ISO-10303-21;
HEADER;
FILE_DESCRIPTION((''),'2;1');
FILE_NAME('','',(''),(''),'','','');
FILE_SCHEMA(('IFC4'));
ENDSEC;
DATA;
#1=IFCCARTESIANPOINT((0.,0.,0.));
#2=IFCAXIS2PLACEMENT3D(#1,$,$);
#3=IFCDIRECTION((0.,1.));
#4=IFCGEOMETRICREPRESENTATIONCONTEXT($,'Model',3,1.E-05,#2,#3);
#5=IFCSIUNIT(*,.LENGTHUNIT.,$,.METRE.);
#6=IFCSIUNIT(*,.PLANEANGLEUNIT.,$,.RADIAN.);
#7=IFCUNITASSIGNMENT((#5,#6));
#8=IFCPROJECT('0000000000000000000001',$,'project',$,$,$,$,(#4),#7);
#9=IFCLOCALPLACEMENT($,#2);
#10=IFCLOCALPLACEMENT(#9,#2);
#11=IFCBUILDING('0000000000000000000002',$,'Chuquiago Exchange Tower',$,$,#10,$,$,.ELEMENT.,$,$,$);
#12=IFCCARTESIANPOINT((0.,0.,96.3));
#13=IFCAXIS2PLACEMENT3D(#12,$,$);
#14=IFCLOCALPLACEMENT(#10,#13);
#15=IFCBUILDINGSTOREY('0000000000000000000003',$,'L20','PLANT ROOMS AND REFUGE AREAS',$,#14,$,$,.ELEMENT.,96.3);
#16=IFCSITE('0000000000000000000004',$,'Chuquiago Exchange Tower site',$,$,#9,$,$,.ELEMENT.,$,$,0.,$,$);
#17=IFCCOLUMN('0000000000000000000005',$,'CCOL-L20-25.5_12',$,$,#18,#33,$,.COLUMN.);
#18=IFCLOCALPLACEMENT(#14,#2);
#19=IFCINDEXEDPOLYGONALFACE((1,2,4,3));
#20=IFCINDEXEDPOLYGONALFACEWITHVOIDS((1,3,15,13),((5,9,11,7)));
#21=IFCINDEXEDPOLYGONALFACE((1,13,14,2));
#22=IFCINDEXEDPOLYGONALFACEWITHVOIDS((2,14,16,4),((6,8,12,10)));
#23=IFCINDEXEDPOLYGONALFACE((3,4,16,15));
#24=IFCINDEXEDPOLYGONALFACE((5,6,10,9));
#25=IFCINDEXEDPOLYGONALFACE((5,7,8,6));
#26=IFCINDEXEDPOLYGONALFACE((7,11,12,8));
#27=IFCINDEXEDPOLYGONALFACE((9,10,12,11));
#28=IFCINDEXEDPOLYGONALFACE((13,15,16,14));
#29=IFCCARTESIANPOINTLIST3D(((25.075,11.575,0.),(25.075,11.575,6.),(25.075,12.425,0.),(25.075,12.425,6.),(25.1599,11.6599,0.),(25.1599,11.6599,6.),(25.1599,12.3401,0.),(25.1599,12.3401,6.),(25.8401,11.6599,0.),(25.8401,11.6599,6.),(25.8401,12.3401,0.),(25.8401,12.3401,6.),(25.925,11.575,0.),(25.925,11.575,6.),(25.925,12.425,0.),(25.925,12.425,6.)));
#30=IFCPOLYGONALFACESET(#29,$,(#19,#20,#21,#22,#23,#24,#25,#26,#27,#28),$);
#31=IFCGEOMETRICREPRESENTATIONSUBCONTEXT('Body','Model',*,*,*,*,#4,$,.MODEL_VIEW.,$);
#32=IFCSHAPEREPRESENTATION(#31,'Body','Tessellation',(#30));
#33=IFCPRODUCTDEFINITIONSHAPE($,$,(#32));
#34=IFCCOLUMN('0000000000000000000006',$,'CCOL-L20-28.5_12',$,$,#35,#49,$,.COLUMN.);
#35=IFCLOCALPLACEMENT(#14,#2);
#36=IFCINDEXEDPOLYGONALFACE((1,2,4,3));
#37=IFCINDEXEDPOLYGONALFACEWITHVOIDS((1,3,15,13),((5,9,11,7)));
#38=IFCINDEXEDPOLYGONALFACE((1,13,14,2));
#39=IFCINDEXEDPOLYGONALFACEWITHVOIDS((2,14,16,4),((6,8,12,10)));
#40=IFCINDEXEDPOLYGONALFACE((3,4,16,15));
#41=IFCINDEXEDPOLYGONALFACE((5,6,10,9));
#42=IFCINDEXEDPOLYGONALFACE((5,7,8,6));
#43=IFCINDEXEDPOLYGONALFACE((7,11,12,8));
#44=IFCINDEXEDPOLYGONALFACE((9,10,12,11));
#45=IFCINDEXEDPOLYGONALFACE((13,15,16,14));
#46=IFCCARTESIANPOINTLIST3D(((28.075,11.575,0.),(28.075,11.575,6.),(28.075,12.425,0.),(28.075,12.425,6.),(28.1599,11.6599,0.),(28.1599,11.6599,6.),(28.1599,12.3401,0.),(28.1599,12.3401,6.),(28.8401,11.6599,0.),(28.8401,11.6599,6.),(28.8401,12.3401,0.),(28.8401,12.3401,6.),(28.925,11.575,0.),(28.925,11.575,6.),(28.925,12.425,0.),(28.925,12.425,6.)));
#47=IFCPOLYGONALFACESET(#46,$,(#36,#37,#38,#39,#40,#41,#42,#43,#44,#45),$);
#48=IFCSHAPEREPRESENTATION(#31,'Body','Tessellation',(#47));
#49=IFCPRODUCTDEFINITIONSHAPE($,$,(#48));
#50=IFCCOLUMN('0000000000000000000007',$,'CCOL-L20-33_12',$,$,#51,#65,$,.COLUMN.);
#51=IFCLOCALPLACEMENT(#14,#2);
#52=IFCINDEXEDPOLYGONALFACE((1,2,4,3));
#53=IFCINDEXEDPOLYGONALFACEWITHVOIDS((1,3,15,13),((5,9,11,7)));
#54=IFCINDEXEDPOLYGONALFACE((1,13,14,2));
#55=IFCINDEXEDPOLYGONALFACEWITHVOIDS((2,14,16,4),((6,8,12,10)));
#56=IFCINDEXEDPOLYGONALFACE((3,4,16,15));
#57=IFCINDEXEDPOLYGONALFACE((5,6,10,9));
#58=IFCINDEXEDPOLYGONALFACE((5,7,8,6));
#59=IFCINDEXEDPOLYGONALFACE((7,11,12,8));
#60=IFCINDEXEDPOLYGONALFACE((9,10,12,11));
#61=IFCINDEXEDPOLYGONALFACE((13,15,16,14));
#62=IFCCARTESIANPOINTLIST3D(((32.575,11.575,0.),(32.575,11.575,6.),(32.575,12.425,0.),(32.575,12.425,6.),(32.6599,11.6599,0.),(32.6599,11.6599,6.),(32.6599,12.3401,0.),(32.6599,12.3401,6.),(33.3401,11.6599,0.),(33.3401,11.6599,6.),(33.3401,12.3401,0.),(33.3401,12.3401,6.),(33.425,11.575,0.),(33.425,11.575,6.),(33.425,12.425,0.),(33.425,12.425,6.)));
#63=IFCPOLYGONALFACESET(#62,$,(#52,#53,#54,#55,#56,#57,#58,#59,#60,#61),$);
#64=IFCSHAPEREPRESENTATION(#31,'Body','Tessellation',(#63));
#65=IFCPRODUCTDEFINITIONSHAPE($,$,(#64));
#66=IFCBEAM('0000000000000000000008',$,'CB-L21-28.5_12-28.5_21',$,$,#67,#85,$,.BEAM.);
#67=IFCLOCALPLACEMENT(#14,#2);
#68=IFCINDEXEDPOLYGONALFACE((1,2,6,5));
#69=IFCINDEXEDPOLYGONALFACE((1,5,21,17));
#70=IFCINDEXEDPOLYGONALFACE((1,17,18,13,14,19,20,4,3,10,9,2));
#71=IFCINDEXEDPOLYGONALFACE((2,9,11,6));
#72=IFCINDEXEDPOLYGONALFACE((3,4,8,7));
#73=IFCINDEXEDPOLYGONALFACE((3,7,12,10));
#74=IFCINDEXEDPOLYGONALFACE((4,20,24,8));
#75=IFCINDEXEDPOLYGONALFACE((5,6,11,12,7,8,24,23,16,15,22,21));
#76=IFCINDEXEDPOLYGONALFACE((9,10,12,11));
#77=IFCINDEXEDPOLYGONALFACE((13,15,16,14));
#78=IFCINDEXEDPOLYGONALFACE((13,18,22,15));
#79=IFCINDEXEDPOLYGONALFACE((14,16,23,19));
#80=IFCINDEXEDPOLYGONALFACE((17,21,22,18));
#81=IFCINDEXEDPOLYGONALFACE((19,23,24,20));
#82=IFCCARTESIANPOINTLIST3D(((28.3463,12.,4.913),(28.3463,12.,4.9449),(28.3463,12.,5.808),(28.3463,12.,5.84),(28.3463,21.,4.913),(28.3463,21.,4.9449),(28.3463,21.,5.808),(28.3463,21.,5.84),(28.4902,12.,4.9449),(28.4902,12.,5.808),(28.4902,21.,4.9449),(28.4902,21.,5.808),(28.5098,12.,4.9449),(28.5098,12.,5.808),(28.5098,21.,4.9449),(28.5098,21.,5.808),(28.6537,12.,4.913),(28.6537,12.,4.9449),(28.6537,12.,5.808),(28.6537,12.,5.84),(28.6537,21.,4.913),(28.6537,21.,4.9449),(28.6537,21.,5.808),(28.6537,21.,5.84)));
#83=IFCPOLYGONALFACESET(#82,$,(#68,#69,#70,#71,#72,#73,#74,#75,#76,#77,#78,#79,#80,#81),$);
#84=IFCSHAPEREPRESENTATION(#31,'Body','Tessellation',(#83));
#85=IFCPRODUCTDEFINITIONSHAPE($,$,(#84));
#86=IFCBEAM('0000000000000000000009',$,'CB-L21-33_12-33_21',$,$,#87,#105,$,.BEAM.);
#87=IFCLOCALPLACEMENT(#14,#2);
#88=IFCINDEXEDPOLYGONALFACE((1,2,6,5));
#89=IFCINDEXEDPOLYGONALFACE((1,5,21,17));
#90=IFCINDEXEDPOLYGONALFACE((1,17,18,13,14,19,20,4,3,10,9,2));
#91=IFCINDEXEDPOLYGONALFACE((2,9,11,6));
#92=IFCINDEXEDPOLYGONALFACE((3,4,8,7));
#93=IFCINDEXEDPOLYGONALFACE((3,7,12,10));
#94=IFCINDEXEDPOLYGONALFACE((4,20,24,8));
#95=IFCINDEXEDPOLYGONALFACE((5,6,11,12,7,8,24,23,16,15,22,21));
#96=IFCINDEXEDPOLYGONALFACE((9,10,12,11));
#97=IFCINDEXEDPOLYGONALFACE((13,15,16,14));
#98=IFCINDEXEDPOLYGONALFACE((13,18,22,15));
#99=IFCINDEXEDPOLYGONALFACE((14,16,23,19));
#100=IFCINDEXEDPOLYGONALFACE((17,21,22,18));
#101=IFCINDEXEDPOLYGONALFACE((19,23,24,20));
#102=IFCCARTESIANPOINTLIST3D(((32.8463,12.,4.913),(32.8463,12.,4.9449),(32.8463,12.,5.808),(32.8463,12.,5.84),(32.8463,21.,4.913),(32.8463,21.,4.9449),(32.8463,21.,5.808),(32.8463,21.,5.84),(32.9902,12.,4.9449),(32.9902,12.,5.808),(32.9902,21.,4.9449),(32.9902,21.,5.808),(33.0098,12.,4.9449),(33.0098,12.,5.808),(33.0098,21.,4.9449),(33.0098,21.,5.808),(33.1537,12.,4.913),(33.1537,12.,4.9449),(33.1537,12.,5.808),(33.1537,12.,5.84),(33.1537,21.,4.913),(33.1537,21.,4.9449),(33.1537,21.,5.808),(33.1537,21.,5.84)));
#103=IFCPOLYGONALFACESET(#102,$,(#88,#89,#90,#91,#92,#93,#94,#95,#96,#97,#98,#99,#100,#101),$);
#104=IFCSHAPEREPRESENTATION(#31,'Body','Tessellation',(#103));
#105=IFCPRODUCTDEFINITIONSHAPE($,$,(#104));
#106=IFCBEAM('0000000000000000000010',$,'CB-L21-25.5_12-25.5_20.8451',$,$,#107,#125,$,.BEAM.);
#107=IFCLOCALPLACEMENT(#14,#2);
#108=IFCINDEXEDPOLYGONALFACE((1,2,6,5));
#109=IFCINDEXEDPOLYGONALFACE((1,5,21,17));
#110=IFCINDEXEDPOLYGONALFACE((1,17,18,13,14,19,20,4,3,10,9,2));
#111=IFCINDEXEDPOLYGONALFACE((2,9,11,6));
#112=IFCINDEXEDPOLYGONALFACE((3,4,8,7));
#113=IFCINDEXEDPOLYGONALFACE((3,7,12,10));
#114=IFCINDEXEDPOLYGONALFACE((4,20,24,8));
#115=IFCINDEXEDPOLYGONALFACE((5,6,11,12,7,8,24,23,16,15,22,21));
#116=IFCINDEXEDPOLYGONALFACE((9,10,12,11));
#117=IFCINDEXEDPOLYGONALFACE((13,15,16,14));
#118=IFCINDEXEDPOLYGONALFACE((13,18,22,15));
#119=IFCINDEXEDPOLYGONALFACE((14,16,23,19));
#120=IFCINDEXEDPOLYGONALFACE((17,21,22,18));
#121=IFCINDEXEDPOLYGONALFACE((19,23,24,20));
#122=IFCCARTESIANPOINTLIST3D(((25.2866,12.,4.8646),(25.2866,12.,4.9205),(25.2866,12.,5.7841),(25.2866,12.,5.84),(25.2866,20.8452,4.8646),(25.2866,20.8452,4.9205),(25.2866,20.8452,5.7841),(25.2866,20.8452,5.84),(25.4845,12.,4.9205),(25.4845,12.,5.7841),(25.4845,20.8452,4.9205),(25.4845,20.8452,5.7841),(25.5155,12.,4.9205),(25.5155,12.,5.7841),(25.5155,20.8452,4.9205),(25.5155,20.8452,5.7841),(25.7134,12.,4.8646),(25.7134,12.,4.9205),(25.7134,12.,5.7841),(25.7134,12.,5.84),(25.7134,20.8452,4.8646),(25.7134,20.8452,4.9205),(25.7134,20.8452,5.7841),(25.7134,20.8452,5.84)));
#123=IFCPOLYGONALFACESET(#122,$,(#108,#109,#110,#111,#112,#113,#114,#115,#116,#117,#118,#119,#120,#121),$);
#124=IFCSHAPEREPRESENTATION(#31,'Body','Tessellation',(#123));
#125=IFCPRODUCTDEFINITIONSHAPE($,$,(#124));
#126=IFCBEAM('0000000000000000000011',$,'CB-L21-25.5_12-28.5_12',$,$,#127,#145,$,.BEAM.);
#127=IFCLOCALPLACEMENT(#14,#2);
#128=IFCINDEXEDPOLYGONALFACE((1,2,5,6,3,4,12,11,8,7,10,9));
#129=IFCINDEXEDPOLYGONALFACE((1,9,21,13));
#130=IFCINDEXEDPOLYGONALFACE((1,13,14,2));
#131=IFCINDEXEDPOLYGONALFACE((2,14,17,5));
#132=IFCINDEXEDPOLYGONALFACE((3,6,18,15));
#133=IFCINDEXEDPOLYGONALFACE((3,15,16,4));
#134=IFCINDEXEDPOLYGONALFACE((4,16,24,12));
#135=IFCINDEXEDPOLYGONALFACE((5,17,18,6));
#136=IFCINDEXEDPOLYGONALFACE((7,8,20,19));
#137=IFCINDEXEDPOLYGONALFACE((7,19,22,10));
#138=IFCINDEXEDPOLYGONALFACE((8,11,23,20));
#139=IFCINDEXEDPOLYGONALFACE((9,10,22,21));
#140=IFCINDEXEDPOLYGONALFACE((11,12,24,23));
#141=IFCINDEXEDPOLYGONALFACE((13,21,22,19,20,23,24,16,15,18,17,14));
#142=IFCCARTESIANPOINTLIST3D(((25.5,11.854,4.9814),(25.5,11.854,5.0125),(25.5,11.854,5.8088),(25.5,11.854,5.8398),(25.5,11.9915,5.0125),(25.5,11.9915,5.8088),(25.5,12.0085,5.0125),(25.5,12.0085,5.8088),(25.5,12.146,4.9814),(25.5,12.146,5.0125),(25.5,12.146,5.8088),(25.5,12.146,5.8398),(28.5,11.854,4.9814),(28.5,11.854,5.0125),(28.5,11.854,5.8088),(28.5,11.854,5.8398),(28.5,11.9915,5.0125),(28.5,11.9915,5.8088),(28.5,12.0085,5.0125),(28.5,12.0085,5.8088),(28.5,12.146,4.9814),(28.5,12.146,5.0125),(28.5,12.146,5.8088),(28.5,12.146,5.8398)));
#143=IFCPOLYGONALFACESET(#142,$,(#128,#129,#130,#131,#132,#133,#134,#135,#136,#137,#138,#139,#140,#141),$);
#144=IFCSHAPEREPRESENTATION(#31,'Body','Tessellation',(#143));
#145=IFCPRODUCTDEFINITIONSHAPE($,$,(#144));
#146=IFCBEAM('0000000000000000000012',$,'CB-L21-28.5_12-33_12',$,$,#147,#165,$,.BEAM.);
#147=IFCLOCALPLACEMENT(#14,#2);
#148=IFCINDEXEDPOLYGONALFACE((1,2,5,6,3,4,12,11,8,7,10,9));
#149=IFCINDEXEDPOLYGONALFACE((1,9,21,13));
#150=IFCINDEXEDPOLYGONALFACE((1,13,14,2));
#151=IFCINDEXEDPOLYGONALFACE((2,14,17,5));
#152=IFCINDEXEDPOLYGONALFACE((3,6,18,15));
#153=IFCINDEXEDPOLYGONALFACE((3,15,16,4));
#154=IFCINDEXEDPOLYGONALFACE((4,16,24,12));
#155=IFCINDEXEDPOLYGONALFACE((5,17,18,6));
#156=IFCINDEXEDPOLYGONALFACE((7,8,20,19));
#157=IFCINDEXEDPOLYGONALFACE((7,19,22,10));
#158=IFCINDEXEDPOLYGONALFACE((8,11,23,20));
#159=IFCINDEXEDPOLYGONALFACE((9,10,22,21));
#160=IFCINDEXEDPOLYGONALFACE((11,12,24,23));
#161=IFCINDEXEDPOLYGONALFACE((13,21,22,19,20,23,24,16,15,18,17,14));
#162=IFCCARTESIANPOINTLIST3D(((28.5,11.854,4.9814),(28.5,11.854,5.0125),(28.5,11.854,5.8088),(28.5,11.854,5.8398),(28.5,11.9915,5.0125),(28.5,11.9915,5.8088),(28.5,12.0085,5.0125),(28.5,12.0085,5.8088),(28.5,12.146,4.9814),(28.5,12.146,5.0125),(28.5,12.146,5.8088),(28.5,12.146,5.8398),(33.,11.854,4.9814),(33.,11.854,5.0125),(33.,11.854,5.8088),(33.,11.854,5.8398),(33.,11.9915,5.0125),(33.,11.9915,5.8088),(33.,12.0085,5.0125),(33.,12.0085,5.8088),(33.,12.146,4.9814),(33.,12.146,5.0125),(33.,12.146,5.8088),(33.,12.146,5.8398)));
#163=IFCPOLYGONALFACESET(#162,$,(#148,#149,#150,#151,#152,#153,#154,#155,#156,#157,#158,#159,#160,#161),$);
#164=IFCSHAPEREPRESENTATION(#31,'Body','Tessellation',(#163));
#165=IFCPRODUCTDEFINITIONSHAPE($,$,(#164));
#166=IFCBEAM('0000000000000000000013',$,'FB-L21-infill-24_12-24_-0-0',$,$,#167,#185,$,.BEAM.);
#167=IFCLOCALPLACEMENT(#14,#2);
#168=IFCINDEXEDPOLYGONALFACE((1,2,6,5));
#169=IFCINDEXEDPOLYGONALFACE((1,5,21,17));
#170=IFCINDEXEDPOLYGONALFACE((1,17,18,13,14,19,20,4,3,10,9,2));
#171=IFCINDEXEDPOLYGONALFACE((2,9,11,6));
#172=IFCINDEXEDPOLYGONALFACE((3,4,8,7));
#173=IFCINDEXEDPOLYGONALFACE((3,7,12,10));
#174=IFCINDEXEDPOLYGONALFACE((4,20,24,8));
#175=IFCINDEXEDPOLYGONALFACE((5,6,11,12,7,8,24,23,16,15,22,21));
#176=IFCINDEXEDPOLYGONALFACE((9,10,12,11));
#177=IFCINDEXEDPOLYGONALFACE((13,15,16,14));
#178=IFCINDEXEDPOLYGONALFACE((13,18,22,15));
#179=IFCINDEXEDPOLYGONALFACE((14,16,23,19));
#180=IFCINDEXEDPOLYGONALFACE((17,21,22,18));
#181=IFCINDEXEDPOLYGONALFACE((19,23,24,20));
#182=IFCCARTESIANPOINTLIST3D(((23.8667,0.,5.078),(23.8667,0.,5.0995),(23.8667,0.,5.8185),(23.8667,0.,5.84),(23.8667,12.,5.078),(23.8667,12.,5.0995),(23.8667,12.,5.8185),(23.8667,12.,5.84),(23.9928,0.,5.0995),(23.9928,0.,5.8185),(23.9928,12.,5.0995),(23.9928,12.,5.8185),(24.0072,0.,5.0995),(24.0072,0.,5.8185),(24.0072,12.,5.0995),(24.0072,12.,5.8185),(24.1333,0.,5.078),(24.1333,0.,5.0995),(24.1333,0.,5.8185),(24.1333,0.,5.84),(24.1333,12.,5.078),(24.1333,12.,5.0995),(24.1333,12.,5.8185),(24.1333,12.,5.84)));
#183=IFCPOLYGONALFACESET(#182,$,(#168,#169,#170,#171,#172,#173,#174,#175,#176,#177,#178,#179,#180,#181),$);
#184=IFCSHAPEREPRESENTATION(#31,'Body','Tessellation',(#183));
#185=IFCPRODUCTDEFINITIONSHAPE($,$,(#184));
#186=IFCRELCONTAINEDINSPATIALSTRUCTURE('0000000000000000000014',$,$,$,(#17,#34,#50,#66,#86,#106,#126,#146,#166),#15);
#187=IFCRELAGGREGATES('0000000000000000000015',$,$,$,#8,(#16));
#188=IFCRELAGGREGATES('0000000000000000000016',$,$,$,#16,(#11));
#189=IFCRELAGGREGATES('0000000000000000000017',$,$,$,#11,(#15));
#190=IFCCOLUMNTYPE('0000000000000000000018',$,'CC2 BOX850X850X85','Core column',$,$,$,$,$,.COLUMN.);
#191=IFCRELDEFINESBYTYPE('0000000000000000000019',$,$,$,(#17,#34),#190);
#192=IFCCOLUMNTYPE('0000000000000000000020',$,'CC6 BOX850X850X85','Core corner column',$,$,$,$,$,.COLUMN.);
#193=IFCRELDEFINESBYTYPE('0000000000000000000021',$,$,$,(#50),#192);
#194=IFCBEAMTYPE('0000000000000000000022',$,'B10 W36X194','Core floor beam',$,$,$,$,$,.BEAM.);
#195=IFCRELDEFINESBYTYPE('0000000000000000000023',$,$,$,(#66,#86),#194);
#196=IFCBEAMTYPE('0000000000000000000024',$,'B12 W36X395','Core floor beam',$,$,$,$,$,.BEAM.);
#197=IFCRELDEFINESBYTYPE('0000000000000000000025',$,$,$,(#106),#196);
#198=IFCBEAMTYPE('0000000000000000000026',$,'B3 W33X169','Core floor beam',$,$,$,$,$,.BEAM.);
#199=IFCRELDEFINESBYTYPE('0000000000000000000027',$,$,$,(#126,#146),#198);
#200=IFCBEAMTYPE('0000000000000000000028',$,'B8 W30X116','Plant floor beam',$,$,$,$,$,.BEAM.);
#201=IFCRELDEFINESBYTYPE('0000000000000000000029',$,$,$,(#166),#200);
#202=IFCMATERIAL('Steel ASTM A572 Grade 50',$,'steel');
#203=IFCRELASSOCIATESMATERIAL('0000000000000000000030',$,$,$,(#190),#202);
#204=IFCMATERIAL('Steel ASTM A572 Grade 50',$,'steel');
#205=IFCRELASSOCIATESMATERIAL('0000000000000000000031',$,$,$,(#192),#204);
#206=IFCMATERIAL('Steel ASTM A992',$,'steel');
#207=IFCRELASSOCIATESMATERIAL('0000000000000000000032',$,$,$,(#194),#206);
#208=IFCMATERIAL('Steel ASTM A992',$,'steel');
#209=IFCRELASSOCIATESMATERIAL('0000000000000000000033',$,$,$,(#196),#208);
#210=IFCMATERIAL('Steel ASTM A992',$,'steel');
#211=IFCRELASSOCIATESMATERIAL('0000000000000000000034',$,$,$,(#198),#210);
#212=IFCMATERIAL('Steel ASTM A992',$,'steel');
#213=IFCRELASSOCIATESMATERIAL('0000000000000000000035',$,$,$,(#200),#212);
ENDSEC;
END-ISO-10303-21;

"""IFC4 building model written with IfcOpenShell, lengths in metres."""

from ifc_helpers import new_model, si_unit, direction, frame, origin, origin_2d, place, context, subcontext, project, spatial, hollow_rectangle, i_section, extrude, material, material_profile, profile_set, type_object, element, save


model = new_model("IFC4")

# Units and contexts
model_context = context("Model", 3, precision=1e-05, world=origin(), true_north=direction((0.0, 1.0)))
body_context = subcontext(model_context, "Body", "Model", "MODEL_VIEW")
ifc_project = project(units=[si_unit("LENGTHUNIT", "METRE"), si_unit("PLANEANGLEUNIT", "RADIAN")], contexts=[model_context])

# Site, building, storey
site_placement = place(None, origin())
site = spatial("IfcSite", under=ifc_project, at=site_placement, Name="Chuquiago Exchange Tower site", CompositionType="ELEMENT", RefElevation=0.0)
building_placement = place(site_placement, origin())
building = spatial("IfcBuilding", under=site, at=building_placement, Name="Chuquiago Exchange Tower", CompositionType="ELEMENT")
storey_placement = place(building_placement, frame((0.0, 0.0, 96.3)))
storey = spatial("IfcBuildingStorey", under=building, at=storey_placement, Name="L20", Description="PLANT ROOMS AND REFUGE AREAS", CompositionType="ELEMENT", Elevation=96.3)

# Columns
ifc_material_1 = material(Name="Steel ASTM A572 Grade 50", Category="steel")
ifc_material_profile_1 = material_profile(ifc_material_1, hollow_rectangle(XDim=0.8501, YDim=0.8501, WallThickness=0.085, at=origin_2d()), Name="BOX850X850X85")
ifc_profile_set_1 = profile_set([ifc_material_profile_1], Name="Steel ASTM A572 Grade 50")
column_type_1 = type_object("IfcColumnType", Name="CC2 BOX850X850X85", Description="Core column", PredefinedType="COLUMN", material=ifc_profile_set_1)
for number, where, z_axis, x_axis, name in (
    (1, (25.5, 12.0, 0.0), (0.0, 0.0, 1.0), (1.0, 0.0, 0.0), "CCOL-L20-25.5_12"),
    (2, (28.5, 12.0, 0.0), (0.0, 0.0, 1.0), (1.0, 0.0, 0.0), "CCOL-L20-28.5_12"),
):
    element("IfcColumn", number, at=place(storey_placement, frame(where, z_axis=z_axis, x_axis=x_axis)), inside=storey, type_object=column_type_1, Name=name, PredefinedType="COLUMN", context=body_context, shape_type="SweptSolid", body=[
        extrude(hollow_rectangle(XDim=0.8501, YDim=0.8501, WallThickness=0.085, at=origin_2d()), origin(), (0.0, 0.0, 1.0), 6.0),
    ])
ifc_material_2 = material(Name="Steel ASTM A572 Grade 50", Category="steel")
ifc_material_profile_2 = material_profile(ifc_material_2, hollow_rectangle(XDim=0.8501, YDim=0.8501, WallThickness=0.085, at=origin_2d()), Name="BOX850X850X85")
ifc_profile_set_2 = profile_set([ifc_material_profile_2], Name="Steel ASTM A572 Grade 50")
column_type_2 = type_object("IfcColumnType", Name="CC6 BOX850X850X85", Description="Core corner column", PredefinedType="COLUMN", material=ifc_profile_set_2)
column_placement = place(storey_placement, frame((33.0, 12.0, 0.0), z_axis=(0.0, 0.0, 1.0), x_axis=(1.0, 0.0, 0.0)))
element("IfcColumn", 3, at=column_placement, inside=storey, type_object=column_type_2, Name="CCOL-L20-33_12", PredefinedType="COLUMN", context=body_context, shape_type="SweptSolid", body=[
    extrude(hollow_rectangle(XDim=0.8501, YDim=0.8501, WallThickness=0.085, at=origin_2d()), origin(), (0.0, 0.0, 1.0), 6.0),
])

# Beams
ifc_material_3 = material(Name="Steel ASTM A992", Category="steel")
ifc_material_profile_3 = material_profile(ifc_material_3, i_section(OverallWidth=0.3074, OverallDepth=0.927, WebThickness=0.0195, FlangeThickness=0.032, at=origin_2d()), Name="W36X194")
ifc_profile_set_3 = profile_set([ifc_material_profile_3], Name="Steel ASTM A992")
beam_type_1 = type_object("IfcBeamType", Name="B10 W36X194", Description="Core floor beam", PredefinedType="BEAM", material=ifc_profile_set_3)
for number, where, z_axis, x_axis, name in (
    (4, (28.5, 12.0, 5.3765), (0.0, 1.0, 0.0), (-1.0, 0.0, 0.0), "CB-L21-28.5_12-28.5_21"),
    (5, (33.0, 12.0, 5.3765), (0.0, 1.0, 0.0), (-1.0, 0.0, 0.0), "CB-L21-33_12-33_21"),
):
    element("IfcBeam", number, at=place(storey_placement, frame(where, z_axis=z_axis, x_axis=x_axis)), inside=storey, type_object=beam_type_1, Name=name, PredefinedType="BEAM", context=body_context, shape_type="SweptSolid", body=[
        extrude(i_section(OverallWidth=0.3074, OverallDepth=0.927, WebThickness=0.0195, FlangeThickness=0.032, at=origin_2d()), origin(), (0.0, 0.0, 1.0), 9.0),
    ])
ifc_material_4 = material(Name="Steel ASTM A992", Category="steel")
ifc_material_profile_4 = material_profile(ifc_material_4, i_section(OverallWidth=0.4268, OverallDepth=0.9753, WebThickness=0.031, FlangeThickness=0.0559, at=origin_2d()), Name="W36X395")
ifc_profile_set_4 = profile_set([ifc_material_profile_4], Name="Steel ASTM A992")
beam_type_2 = type_object("IfcBeamType", Name="B12 W36X395", Description="Core floor beam", PredefinedType="BEAM", material=ifc_profile_set_4)
beam_1_placement = place(storey_placement, frame((25.5, 12.0, 5.3523), z_axis=(0.0, 1.0, 0.0), x_axis=(-1.0, 0.0, 0.0)))
element("IfcBeam", 6, at=beam_1_placement, inside=storey, type_object=beam_type_2, Name="CB-L21-25.5_12-25.5_20.8451", PredefinedType="BEAM", context=body_context, shape_type="SweptSolid", body=[
    extrude(i_section(OverallWidth=0.4268, OverallDepth=0.9753, WebThickness=0.031, FlangeThickness=0.0559, at=origin_2d()), origin(), (0.0, 0.0, 1.0), 8.8452),
])
ifc_material_5 = material(Name="Steel ASTM A992", Category="steel")
ifc_material_profile_5 = material_profile(ifc_material_5, i_section(OverallWidth=0.292, OverallDepth=0.8584, WebThickness=0.0171, FlangeThickness=0.031, at=origin_2d()), Name="W33X169")
ifc_profile_set_5 = profile_set([ifc_material_profile_5], Name="Steel ASTM A992")
beam_type_3 = type_object("IfcBeamType", Name="B3 W33X169", Description="Core floor beam", PredefinedType="BEAM", material=ifc_profile_set_5)
beam_2_placement = place(storey_placement, frame((25.5, 12.0, 5.4106), z_axis=(1.0, 0.0, 0.0), x_axis=(0.0, 1.0, 0.0)))
element("IfcBeam", 7, at=beam_2_placement, inside=storey, type_object=beam_type_3, Name="CB-L21-25.5_12-28.5_12", PredefinedType="BEAM", context=body_context, shape_type="SweptSolid", body=[
    extrude(i_section(OverallWidth=0.292, OverallDepth=0.8584, WebThickness=0.0171, FlangeThickness=0.031, at=origin_2d()), origin(), (0.0, 0.0, 1.0), 3.0),
])
beam_3_placement = place(storey_placement, frame((28.5, 12.0, 5.4106), z_axis=(1.0, 0.0, 0.0), x_axis=(0.0, 1.0, 0.0)))
element("IfcBeam", 8, at=beam_3_placement, inside=storey, type_object=beam_type_3, Name="CB-L21-28.5_12-33_12", PredefinedType="BEAM", context=body_context, shape_type="SweptSolid", body=[
    extrude(i_section(OverallWidth=0.292, OverallDepth=0.8584, WebThickness=0.0171, FlangeThickness=0.031, at=origin_2d()), origin(), (0.0, 0.0, 1.0), 4.5),
])
ifc_material_6 = material(Name="Steel ASTM A992", Category="steel")
ifc_material_profile_6 = material_profile(ifc_material_6, i_section(OverallWidth=0.2666, OverallDepth=0.762, WebThickness=0.0144, FlangeThickness=0.0215, at=origin_2d()), Name="W30X116")
ifc_profile_set_6 = profile_set([ifc_material_profile_6], Name="Steel ASTM A992")
beam_type_4 = type_object("IfcBeamType", Name="B8 W30X116", Description="Plant floor beam", PredefinedType="BEAM", material=ifc_profile_set_6)
for number, where, z_axis, x_axis, name in (
    (9, (24.0, 12.0, 5.459), (0.0, -1.0, 0.0), (1.0, 0.0, 0.0), "FB-L21-infill-24_12-24_-0-0"),
):
    element("IfcBeam", number, at=place(storey_placement, frame(where, z_axis=z_axis, x_axis=x_axis)), inside=storey, type_object=beam_type_4, Name=name, PredefinedType="BEAM", context=body_context, shape_type="SweptSolid", body=[
        extrude(i_section(OverallWidth=0.2666, OverallDepth=0.762, WebThickness=0.0144, FlangeThickness=0.0215, at=origin_2d()), origin(), (0.0, 0.0, 1.0), 12.0),
    ])

save(model, "model.ifc")
